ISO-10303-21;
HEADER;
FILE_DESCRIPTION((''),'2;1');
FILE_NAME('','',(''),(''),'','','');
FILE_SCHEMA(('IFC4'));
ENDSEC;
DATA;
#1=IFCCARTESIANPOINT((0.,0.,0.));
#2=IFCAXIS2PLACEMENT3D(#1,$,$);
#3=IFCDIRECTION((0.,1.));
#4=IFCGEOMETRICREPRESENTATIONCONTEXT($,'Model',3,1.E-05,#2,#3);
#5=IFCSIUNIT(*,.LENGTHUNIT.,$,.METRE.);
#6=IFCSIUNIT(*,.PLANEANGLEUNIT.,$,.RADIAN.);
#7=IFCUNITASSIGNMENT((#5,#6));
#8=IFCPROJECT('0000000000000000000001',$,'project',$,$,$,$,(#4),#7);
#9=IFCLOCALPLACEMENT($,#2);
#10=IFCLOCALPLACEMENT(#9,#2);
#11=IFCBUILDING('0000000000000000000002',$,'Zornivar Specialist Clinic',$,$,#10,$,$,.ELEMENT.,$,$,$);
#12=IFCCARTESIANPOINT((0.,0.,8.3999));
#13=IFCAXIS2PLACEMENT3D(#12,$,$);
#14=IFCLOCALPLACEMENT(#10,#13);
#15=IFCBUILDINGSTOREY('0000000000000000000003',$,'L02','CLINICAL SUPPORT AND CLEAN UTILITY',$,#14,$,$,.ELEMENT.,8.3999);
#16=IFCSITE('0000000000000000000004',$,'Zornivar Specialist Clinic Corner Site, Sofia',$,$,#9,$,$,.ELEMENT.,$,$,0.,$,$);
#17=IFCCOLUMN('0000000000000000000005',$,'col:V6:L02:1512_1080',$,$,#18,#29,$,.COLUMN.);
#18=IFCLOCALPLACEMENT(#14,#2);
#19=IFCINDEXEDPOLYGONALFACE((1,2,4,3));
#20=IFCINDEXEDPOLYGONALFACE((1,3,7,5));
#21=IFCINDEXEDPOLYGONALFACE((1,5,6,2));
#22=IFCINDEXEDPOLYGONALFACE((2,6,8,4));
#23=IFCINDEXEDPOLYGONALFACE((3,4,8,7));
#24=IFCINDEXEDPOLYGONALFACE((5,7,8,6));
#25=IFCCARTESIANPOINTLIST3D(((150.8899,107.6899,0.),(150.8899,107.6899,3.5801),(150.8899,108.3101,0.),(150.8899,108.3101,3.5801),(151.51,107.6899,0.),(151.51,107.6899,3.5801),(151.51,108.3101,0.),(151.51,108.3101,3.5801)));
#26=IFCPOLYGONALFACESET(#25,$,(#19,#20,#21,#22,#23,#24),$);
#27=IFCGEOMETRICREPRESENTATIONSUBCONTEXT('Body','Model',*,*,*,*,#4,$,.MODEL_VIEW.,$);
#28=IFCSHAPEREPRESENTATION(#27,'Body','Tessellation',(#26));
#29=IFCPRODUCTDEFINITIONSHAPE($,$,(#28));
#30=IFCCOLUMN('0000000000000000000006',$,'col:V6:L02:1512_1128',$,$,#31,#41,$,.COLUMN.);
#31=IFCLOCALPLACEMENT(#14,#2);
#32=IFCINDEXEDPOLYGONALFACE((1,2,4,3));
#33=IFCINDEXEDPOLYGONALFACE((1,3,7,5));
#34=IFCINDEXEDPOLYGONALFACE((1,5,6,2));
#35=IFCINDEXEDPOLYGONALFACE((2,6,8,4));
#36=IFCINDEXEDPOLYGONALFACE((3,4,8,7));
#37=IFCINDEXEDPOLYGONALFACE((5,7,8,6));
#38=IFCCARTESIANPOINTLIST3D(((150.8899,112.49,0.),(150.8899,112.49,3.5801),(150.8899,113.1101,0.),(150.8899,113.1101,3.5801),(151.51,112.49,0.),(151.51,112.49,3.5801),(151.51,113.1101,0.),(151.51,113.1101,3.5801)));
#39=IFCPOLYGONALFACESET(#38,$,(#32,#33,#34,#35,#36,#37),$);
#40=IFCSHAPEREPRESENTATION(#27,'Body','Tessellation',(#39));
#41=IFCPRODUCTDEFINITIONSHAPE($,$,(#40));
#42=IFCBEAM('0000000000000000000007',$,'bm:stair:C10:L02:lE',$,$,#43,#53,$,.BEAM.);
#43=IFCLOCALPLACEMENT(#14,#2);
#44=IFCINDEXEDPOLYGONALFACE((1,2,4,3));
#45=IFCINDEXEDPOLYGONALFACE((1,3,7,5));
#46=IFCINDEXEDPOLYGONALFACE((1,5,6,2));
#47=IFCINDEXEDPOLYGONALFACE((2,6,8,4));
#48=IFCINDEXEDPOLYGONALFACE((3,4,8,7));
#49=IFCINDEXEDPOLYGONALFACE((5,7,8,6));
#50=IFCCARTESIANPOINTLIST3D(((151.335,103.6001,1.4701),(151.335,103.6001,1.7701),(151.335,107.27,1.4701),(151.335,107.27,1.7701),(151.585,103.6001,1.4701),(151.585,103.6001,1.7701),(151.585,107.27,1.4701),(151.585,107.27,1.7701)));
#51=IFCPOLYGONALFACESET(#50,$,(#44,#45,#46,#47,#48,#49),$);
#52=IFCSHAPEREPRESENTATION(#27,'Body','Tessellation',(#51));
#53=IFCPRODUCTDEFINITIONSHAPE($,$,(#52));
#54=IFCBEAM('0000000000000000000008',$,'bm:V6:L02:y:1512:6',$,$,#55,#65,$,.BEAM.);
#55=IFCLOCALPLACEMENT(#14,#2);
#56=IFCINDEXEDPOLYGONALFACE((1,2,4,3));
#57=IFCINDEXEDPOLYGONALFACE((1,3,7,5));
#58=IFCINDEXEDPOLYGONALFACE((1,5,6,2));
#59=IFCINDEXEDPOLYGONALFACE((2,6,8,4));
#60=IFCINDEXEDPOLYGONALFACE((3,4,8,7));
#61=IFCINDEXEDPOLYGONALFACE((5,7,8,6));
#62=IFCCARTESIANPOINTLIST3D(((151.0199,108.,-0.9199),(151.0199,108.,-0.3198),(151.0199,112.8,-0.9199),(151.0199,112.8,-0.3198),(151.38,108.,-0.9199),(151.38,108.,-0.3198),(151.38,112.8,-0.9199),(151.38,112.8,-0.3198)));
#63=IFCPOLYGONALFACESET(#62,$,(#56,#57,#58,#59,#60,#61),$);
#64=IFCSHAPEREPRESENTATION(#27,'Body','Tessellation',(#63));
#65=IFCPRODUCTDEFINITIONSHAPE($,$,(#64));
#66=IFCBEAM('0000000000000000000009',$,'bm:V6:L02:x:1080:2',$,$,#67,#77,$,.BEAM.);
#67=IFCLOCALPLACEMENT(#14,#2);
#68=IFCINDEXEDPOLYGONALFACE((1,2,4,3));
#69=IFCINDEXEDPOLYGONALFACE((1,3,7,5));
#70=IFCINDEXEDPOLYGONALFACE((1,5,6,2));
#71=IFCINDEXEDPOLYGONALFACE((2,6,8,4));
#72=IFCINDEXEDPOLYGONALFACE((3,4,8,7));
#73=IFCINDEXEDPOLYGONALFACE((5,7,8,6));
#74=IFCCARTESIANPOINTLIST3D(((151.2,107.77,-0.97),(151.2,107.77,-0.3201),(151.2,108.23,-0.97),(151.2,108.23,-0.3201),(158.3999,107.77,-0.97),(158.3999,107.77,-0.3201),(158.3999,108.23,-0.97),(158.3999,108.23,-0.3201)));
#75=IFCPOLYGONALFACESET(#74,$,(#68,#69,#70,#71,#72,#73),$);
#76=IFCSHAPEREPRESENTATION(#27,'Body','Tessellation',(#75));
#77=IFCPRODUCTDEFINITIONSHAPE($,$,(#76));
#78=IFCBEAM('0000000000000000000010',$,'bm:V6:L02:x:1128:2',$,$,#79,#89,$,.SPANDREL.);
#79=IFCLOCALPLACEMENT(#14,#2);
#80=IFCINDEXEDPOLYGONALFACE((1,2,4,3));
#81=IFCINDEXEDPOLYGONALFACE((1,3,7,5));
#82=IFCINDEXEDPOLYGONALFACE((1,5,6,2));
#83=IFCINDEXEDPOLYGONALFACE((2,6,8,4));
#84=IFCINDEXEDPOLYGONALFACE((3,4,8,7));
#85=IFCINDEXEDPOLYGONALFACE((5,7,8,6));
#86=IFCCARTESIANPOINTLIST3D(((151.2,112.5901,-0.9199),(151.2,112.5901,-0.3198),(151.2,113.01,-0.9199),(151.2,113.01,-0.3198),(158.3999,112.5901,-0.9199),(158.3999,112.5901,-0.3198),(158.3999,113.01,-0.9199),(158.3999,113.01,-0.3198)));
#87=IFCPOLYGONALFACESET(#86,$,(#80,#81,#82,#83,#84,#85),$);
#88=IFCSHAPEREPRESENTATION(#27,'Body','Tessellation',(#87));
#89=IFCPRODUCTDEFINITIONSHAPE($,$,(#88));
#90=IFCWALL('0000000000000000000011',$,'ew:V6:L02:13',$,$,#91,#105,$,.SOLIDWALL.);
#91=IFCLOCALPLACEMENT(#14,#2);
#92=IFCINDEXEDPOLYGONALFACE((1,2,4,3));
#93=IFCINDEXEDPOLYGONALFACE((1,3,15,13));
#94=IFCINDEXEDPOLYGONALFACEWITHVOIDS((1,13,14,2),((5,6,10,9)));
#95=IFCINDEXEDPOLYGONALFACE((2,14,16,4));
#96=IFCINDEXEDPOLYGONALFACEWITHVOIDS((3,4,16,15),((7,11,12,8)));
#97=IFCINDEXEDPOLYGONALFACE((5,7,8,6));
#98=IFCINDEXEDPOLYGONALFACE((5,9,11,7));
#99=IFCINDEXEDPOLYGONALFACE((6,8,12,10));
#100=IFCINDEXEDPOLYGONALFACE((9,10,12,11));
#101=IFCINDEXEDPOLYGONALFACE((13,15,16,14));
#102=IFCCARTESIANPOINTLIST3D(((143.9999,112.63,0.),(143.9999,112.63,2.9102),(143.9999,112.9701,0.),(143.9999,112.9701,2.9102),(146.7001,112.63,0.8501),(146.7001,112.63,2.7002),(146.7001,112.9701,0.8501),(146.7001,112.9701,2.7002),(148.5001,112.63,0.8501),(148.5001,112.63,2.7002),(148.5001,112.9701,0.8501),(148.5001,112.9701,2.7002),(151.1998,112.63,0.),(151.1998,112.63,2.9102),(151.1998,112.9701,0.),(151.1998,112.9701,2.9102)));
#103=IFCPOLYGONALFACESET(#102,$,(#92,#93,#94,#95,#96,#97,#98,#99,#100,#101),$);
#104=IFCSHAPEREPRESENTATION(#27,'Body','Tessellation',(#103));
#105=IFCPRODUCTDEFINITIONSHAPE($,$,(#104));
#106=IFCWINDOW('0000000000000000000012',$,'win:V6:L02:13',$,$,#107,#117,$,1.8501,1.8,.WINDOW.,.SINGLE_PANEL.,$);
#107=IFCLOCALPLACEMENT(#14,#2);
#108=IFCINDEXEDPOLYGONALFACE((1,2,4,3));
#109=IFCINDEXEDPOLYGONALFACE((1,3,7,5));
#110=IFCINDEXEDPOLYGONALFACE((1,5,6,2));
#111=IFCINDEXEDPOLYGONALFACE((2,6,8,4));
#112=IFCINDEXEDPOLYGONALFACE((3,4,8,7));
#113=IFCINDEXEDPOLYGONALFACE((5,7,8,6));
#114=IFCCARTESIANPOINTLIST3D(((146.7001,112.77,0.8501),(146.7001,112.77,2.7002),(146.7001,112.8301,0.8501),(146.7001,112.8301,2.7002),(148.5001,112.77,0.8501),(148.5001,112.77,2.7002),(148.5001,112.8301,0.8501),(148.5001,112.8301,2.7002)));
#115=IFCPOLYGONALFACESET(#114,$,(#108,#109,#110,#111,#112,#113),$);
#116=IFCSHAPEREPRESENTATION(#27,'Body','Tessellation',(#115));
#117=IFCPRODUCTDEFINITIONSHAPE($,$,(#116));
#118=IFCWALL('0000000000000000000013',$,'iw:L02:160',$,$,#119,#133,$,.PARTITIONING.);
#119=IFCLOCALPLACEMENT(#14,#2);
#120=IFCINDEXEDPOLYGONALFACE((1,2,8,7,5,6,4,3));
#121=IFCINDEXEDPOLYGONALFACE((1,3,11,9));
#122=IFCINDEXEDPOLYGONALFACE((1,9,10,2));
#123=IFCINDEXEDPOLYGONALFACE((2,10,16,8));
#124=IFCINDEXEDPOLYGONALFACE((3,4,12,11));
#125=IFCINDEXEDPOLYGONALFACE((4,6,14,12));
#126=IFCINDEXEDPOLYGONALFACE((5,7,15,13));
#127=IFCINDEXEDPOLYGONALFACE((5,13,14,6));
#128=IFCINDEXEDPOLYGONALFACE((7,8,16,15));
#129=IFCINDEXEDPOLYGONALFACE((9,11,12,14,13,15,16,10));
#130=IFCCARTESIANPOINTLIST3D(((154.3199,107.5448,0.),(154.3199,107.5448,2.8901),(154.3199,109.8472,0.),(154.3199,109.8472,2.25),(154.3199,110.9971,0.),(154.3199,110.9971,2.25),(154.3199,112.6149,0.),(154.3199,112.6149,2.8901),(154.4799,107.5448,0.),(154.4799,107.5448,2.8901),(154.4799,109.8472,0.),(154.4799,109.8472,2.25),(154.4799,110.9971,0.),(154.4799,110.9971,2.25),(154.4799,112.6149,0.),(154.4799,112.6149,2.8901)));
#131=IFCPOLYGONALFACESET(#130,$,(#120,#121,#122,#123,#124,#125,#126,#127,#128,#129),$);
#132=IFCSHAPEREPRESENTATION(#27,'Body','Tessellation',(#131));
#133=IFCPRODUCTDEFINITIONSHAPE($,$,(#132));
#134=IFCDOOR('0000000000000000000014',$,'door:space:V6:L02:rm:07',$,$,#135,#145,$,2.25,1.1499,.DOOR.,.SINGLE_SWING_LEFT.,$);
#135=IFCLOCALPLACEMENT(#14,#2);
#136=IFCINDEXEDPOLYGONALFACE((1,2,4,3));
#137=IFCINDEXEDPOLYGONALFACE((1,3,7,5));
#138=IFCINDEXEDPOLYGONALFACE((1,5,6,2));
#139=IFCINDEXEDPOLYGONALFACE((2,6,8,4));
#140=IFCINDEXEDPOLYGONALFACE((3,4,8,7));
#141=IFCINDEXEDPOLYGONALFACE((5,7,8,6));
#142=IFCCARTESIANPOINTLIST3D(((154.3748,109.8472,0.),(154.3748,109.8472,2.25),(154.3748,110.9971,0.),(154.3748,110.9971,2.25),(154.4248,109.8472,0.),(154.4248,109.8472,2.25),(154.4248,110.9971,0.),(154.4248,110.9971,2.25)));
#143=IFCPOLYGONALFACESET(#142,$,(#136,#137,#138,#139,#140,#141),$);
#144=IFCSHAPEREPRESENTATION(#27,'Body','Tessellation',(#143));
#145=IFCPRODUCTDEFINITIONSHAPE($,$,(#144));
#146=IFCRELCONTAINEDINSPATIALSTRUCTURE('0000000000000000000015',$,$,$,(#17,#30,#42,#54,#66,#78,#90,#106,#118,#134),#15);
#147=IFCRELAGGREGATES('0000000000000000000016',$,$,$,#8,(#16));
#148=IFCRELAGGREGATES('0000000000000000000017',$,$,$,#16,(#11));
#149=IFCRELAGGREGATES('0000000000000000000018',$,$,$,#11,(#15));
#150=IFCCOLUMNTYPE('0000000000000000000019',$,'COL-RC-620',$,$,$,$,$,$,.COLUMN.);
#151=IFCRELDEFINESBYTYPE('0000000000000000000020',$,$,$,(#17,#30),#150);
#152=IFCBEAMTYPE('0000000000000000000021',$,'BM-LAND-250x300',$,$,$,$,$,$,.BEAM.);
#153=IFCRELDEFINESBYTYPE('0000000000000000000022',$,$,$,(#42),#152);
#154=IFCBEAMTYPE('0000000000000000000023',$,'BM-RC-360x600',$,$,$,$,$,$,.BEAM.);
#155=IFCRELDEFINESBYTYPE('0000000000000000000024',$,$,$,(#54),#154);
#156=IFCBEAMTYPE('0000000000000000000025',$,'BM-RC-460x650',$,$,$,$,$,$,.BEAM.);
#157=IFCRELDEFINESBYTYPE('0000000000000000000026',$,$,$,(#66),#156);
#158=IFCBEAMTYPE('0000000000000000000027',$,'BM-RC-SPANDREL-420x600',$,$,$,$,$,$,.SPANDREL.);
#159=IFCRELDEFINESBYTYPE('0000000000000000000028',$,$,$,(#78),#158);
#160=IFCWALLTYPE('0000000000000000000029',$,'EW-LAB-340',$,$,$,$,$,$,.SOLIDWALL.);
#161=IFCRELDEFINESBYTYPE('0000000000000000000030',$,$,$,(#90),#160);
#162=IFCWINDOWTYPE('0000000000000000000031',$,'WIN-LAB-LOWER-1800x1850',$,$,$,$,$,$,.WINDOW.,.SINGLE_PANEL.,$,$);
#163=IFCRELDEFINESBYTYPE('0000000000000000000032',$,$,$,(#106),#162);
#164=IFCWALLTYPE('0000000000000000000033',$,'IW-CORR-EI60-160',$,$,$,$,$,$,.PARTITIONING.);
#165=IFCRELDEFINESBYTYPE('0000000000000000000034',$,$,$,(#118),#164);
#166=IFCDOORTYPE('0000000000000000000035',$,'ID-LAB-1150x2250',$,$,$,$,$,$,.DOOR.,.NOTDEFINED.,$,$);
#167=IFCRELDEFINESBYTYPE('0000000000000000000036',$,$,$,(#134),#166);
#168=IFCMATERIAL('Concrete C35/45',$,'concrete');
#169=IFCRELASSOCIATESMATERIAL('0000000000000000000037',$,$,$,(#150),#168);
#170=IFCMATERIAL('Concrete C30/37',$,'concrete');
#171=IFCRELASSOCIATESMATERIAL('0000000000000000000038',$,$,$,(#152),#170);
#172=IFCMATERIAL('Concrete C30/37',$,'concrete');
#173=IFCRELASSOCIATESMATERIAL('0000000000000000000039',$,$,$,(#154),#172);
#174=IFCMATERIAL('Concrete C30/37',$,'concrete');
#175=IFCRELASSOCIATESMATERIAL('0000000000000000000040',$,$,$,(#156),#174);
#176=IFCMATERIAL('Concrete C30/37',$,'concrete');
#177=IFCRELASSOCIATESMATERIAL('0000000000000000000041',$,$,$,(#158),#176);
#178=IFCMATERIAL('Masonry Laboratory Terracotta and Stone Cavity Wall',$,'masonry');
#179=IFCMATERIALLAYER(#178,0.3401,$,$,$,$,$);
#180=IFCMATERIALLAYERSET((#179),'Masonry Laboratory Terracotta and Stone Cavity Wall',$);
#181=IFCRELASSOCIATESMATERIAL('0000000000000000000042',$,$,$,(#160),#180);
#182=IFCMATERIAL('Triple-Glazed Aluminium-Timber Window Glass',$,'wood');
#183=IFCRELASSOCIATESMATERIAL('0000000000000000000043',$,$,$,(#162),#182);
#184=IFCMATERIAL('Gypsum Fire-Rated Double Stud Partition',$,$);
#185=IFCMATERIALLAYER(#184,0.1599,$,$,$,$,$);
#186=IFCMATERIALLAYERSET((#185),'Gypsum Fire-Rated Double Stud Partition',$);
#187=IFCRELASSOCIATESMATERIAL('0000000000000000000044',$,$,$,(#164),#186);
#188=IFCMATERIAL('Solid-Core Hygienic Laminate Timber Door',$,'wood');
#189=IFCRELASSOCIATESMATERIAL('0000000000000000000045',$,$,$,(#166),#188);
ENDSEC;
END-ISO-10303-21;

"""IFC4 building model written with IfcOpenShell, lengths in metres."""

from ifc_helpers import new_model, si_unit, direction, frame, frame_2d, origin, origin_2d, place, context, subcontext, project, spatial, rectangle, extrude, material, layer, layer_set, material_profile, profile_set, type_object, element, fill, save


model = new_model("IFC4")

# Units and contexts
model_context = context("Model", 3, precision=1e-05, world=origin(), true_north=direction((0.0, 1.0)))
body_context = subcontext(model_context, "Body", "Model", "MODEL_VIEW")
ifc_project = project(units=[si_unit("LENGTHUNIT", "METRE"), si_unit("PLANEANGLEUNIT", "RADIAN")], contexts=[model_context])

# Site, building, storey
site_placement = place(None, origin())
site = spatial("IfcSite", under=ifc_project, at=site_placement, Name="Zornivar Specialist Clinic Corner Site, Sofia", CompositionType="ELEMENT", RefElevation=0.0)
building_placement = place(site_placement, origin())
building = spatial("IfcBuilding", under=site, at=building_placement, Name="Zornivar Specialist Clinic", CompositionType="ELEMENT")
storey_placement = place(building_placement, frame((0.0, 0.0, 8.3999)))
storey = spatial("IfcBuildingStorey", under=building, at=storey_placement, Name="L02", Description="CLINICAL SUPPORT AND CLEAN UTILITY", CompositionType="ELEMENT", Elevation=8.3999)

# Columns
ifc_material_1 = material(Name="Concrete C35/45", Category="concrete")
ifc_material_profile_1 = material_profile(ifc_material_1, rectangle(XDim=0.6201, YDim=0.6201, at=origin_2d()), Name="RC 620x620")
ifc_profile_set_1 = profile_set([ifc_material_profile_1], Name="Concrete C35/45")
column_type = type_object("IfcColumnType", Name="COL-RC-620", PredefinedType="COLUMN", material=ifc_profile_set_1)
for number, where, z_axis, x_axis, name in (
    (1, (151.2, 108.0, 0.0), (0.0, 0.0, 1.0), (1.0, 0.0, 0.0), "col:V6:L02:1512_1080"),
    (2, (151.2, 112.8, 0.0), (0.0, 0.0, 1.0), (1.0, 0.0, 0.0), "col:V6:L02:1512_1128"),
):
    element("IfcColumn", number, at=place(storey_placement, frame(where, z_axis=z_axis, x_axis=x_axis)), inside=storey, type_object=column_type, Name=name, PredefinedType="COLUMN", context=body_context, shape_type="SweptSolid", body=[
        extrude(rectangle(XDim=0.6201, YDim=0.6201, at=origin_2d()), origin(), (0.0, 0.0, 1.0), 3.5801),
    ])

# Beams
ifc_material_2 = material(Name="Concrete C30/37", Category="concrete")
ifc_material_profile_2 = material_profile(ifc_material_2, rectangle(XDim=0.25, YDim=0.3, at=origin_2d()), Name="RC 250x300")
ifc_profile_set_2 = profile_set([ifc_material_profile_2], Name="Concrete C30/37")
beam_type_1 = type_object("IfcBeamType", Name="BM-LAND-250x300", PredefinedType="BEAM", material=ifc_profile_set_2)
beam_1_placement = place(storey_placement, frame((151.46, 103.6001, 1.6201), z_axis=(0.0, 1.0, 0.0), x_axis=(-1.0, 0.0, 0.0)))
element("IfcBeam", 3, at=beam_1_placement, inside=storey, type_object=beam_type_1, Name="bm:stair:C10:L02:lE", PredefinedType="BEAM", context=body_context, shape_type="SweptSolid", body=[
    extrude(rectangle(XDim=0.25, YDim=0.3, at=origin_2d()), origin(), (0.0, 0.0, 1.0), 3.6699),
])
ifc_material_3 = material(Name="Concrete C30/37", Category="concrete")
ifc_material_profile_3 = material_profile(ifc_material_3, rectangle(XDim=0.3601, YDim=0.6001, at=origin_2d()), Name="RC 360x600")
ifc_profile_set_3 = profile_set([ifc_material_profile_3], Name="Concrete C30/37")
beam_type_2 = type_object("IfcBeamType", Name="BM-RC-360x600", PredefinedType="BEAM", material=ifc_profile_set_3)
beam_2_placement = place(storey_placement, frame((151.2, 108.0, -0.6199), z_axis=(0.0, 1.0, 0.0), x_axis=(-1.0, 0.0, 0.0)))
element("IfcBeam", 4, at=beam_2_placement, inside=storey, type_object=beam_type_2, Name="bm:V6:L02:y:1512:6", PredefinedType="BEAM", context=body_context, shape_type="SweptSolid", body=[
    extrude(rectangle(XDim=0.3601, YDim=0.6001, at=origin_2d()), origin(), (0.0, 0.0, 1.0), 4.8),
])
ifc_material_4 = material(Name="Concrete C30/37", Category="concrete")
ifc_material_profile_4 = material_profile(ifc_material_4, rectangle(XDim=0.46, YDim=0.6499, at=origin_2d()), Name="RC 460x650")
ifc_profile_set_4 = profile_set([ifc_material_profile_4], Name="Concrete C30/37")
beam_type_3 = type_object("IfcBeamType", Name="BM-RC-460x650", PredefinedType="BEAM", material=ifc_profile_set_4)
beam_3_placement = place(storey_placement, frame((151.2, 108.0, -0.645), z_axis=(1.0, 0.0, 0.0), x_axis=(0.0, 1.0, 0.0)))
element("IfcBeam", 5, at=beam_3_placement, inside=storey, type_object=beam_type_3, Name="bm:V6:L02:x:1080:2", PredefinedType="BEAM", context=body_context, shape_type="SweptSolid", body=[
    extrude(rectangle(XDim=0.46, YDim=0.6499, at=origin_2d()), origin(), (0.0, 0.0, 1.0), 7.2),
])
ifc_material_5 = material(Name="Concrete C30/37", Category="concrete")
ifc_material_profile_5 = material_profile(ifc_material_5, rectangle(XDim=0.4199, YDim=0.6001, at=origin_2d()), Name="RC 420x600")
ifc_profile_set_5 = profile_set([ifc_material_profile_5], Name="Concrete C30/37")
beam_type_4 = type_object("IfcBeamType", Name="BM-RC-SPANDREL-420x600", PredefinedType="SPANDREL", material=ifc_profile_set_5)
beam_4_placement = place(storey_placement, frame((151.2, 112.8, -0.6199), z_axis=(1.0, 0.0, 0.0), x_axis=(0.0, 1.0, 0.0)))
element("IfcBeam", 6, at=beam_4_placement, inside=storey, type_object=beam_type_4, Name="bm:V6:L02:x:1128:2", PredefinedType="SPANDREL", context=body_context, shape_type="SweptSolid", body=[
    extrude(rectangle(XDim=0.4199, YDim=0.6001, at=origin_2d()), origin(), (0.0, 0.0, 1.0), 7.2),
])

# Wall, opening, window
ifc_material_6 = material(Name="Masonry Laboratory Terracotta and Stone Cavity Wall", Category="masonry")
ifc_layer_1 = layer(ifc_material_6, 0.3401)
ifc_layer_set_1 = layer_set([ifc_layer_1], Name="Masonry Laboratory Terracotta and Stone Cavity Wall")
wall_type_1 = type_object("IfcWallType", Name="EW-LAB-340", PredefinedType="SOLIDWALL", material=ifc_layer_set_1)
wall_1_placement = place(storey_placement, frame((151.2, 112.8, 0.0), z_axis=(0.0, 0.0, 1.0), x_axis=(-1.0, 0.0, 0.0)))
wall_1 = element("IfcWall", 7, at=wall_1_placement, inside=storey, type_object=wall_type_1, Name="ew:V6:L02:13", PredefinedType="SOLIDWALL", context=body_context, shape_type="SweptSolid", body=[
    extrude(rectangle(XDim=7.2, YDim=0.3401, at=frame_2d((3.6001, 0.0))), origin(), (0.0, 0.0, 1.0), 2.9102),
])
opening_1_placement = place(wall_1_placement, frame((2.7, 0.0, 0.8501)))
opening_1 = element("IfcOpeningElement", 8, at=opening_1_placement, cuts=wall_1, PredefinedType="OPENING", context=body_context, shape_type="SweptSolid", body=[
    extrude(rectangle(XDim=1.8, YDim=1.8501, at=frame_2d((0.8999, 0.925))), frame((0.0, 0.1799, 0.0), z_axis=(0.0, -1.0, 0.0), x_axis=(1.0, 0.0, 0.0)), (0.0, 0.0, 1.0), 0.3601),
])
ifc_material_7 = material(Name="Triple-Glazed Aluminium-Timber Window Glass", Category="wood")
window_type = type_object("IfcWindowType", Name="WIN-LAB-LOWER-1800x1850", PartitioningType="SINGLE_PANEL", PredefinedType="WINDOW", material=ifc_material_7)
window_placement = place(opening_1_placement, origin())
window = element("IfcWindow", 9, at=window_placement, inside=storey, type_object=window_type, Name="win:V6:L02:13", OverallHeight=1.8501, OverallWidth=1.8, PartitioningType="SINGLE_PANEL", PredefinedType="WINDOW", context=body_context, shape_type="SweptSolid", body=[
    extrude(rectangle(XDim=1.8, YDim=1.8501, at=frame_2d((0.8999, 0.925))), frame((0.0, 0.03, 0.0), z_axis=(0.0, -1.0, 0.0), x_axis=(1.0, 0.0, 0.0)), (0.0, 0.0, 1.0), 0.0601),
])
fill(opening_1, window)

# Wall, opening, door
ifc_material_8 = material(Name="Gypsum Fire-Rated Double Stud Partition")
ifc_layer_2 = layer(ifc_material_8, 0.1599)
ifc_layer_set_2 = layer_set([ifc_layer_2], Name="Gypsum Fire-Rated Double Stud Partition")
wall_type_2 = type_object("IfcWallType", Name="IW-CORR-EI60-160", PredefinedType="PARTITIONING", material=ifc_layer_set_2)
wall_2_placement = place(storey_placement, frame((154.3999, 112.615, 0.0), z_axis=(0.0, 0.0, 1.0), x_axis=(0.0, -1.0, 0.0)))
wall_2 = element("IfcWall", 10, at=wall_2_placement, inside=storey, type_object=wall_type_2, Name="iw:L02:160", PredefinedType="PARTITIONING", context=body_context, shape_type="SweptSolid", body=[
    extrude(rectangle(XDim=5.0701, YDim=0.1599, at=frame_2d((2.5352, 0.0))), origin(), (0.0, 0.0, 1.0), 2.8901),
])
opening_2_placement = place(wall_2_placement, frame((1.6179, 0.0, 0.0)))
opening_2 = element("IfcOpeningElement", 11, at=opening_2_placement, cuts=wall_2, PredefinedType="OPENING", context=body_context, shape_type="SweptSolid", body=[
    extrude(rectangle(XDim=1.1499, YDim=2.25, at=frame_2d((0.575, 1.125))), frame((0.0, 0.0898, 0.0), z_axis=(0.0, -1.0, 0.0), x_axis=(1.0, 0.0, 0.0)), (0.0, 0.0, 1.0), 0.1799),
])
ifc_material_9 = material(Name="Solid-Core Hygienic Laminate Timber Door", Category="wood")
door_type_1 = type_object("IfcDoorType", Name="ID-LAB-1150x2250", OperationType="NOTDEFINED", PredefinedType="DOOR", material=ifc_material_9)
door_1_placement = place(opening_2_placement, origin())
door_1 = element("IfcDoor", 12, at=door_1_placement, inside=storey, type_object=door_type_1, Name="door:space:V6:L02:rm:07", OperationType="SINGLE_SWING_LEFT", OverallHeight=2.25, OverallWidth=1.1499, PredefinedType="DOOR", context=body_context, shape_type="SweptSolid", body=[
    extrude(rectangle(XDim=1.1499, YDim=2.25, at=frame_2d((0.575, 1.125))), frame((0.0, 0.0249, 0.0), z_axis=(0.0, -1.0, 0.0), x_axis=(1.0, 0.0, 0.0)), (0.0, 0.0, 1.0), 0.05),
])
fill(opening_2, door_1)

save(model, "model.ifc")
